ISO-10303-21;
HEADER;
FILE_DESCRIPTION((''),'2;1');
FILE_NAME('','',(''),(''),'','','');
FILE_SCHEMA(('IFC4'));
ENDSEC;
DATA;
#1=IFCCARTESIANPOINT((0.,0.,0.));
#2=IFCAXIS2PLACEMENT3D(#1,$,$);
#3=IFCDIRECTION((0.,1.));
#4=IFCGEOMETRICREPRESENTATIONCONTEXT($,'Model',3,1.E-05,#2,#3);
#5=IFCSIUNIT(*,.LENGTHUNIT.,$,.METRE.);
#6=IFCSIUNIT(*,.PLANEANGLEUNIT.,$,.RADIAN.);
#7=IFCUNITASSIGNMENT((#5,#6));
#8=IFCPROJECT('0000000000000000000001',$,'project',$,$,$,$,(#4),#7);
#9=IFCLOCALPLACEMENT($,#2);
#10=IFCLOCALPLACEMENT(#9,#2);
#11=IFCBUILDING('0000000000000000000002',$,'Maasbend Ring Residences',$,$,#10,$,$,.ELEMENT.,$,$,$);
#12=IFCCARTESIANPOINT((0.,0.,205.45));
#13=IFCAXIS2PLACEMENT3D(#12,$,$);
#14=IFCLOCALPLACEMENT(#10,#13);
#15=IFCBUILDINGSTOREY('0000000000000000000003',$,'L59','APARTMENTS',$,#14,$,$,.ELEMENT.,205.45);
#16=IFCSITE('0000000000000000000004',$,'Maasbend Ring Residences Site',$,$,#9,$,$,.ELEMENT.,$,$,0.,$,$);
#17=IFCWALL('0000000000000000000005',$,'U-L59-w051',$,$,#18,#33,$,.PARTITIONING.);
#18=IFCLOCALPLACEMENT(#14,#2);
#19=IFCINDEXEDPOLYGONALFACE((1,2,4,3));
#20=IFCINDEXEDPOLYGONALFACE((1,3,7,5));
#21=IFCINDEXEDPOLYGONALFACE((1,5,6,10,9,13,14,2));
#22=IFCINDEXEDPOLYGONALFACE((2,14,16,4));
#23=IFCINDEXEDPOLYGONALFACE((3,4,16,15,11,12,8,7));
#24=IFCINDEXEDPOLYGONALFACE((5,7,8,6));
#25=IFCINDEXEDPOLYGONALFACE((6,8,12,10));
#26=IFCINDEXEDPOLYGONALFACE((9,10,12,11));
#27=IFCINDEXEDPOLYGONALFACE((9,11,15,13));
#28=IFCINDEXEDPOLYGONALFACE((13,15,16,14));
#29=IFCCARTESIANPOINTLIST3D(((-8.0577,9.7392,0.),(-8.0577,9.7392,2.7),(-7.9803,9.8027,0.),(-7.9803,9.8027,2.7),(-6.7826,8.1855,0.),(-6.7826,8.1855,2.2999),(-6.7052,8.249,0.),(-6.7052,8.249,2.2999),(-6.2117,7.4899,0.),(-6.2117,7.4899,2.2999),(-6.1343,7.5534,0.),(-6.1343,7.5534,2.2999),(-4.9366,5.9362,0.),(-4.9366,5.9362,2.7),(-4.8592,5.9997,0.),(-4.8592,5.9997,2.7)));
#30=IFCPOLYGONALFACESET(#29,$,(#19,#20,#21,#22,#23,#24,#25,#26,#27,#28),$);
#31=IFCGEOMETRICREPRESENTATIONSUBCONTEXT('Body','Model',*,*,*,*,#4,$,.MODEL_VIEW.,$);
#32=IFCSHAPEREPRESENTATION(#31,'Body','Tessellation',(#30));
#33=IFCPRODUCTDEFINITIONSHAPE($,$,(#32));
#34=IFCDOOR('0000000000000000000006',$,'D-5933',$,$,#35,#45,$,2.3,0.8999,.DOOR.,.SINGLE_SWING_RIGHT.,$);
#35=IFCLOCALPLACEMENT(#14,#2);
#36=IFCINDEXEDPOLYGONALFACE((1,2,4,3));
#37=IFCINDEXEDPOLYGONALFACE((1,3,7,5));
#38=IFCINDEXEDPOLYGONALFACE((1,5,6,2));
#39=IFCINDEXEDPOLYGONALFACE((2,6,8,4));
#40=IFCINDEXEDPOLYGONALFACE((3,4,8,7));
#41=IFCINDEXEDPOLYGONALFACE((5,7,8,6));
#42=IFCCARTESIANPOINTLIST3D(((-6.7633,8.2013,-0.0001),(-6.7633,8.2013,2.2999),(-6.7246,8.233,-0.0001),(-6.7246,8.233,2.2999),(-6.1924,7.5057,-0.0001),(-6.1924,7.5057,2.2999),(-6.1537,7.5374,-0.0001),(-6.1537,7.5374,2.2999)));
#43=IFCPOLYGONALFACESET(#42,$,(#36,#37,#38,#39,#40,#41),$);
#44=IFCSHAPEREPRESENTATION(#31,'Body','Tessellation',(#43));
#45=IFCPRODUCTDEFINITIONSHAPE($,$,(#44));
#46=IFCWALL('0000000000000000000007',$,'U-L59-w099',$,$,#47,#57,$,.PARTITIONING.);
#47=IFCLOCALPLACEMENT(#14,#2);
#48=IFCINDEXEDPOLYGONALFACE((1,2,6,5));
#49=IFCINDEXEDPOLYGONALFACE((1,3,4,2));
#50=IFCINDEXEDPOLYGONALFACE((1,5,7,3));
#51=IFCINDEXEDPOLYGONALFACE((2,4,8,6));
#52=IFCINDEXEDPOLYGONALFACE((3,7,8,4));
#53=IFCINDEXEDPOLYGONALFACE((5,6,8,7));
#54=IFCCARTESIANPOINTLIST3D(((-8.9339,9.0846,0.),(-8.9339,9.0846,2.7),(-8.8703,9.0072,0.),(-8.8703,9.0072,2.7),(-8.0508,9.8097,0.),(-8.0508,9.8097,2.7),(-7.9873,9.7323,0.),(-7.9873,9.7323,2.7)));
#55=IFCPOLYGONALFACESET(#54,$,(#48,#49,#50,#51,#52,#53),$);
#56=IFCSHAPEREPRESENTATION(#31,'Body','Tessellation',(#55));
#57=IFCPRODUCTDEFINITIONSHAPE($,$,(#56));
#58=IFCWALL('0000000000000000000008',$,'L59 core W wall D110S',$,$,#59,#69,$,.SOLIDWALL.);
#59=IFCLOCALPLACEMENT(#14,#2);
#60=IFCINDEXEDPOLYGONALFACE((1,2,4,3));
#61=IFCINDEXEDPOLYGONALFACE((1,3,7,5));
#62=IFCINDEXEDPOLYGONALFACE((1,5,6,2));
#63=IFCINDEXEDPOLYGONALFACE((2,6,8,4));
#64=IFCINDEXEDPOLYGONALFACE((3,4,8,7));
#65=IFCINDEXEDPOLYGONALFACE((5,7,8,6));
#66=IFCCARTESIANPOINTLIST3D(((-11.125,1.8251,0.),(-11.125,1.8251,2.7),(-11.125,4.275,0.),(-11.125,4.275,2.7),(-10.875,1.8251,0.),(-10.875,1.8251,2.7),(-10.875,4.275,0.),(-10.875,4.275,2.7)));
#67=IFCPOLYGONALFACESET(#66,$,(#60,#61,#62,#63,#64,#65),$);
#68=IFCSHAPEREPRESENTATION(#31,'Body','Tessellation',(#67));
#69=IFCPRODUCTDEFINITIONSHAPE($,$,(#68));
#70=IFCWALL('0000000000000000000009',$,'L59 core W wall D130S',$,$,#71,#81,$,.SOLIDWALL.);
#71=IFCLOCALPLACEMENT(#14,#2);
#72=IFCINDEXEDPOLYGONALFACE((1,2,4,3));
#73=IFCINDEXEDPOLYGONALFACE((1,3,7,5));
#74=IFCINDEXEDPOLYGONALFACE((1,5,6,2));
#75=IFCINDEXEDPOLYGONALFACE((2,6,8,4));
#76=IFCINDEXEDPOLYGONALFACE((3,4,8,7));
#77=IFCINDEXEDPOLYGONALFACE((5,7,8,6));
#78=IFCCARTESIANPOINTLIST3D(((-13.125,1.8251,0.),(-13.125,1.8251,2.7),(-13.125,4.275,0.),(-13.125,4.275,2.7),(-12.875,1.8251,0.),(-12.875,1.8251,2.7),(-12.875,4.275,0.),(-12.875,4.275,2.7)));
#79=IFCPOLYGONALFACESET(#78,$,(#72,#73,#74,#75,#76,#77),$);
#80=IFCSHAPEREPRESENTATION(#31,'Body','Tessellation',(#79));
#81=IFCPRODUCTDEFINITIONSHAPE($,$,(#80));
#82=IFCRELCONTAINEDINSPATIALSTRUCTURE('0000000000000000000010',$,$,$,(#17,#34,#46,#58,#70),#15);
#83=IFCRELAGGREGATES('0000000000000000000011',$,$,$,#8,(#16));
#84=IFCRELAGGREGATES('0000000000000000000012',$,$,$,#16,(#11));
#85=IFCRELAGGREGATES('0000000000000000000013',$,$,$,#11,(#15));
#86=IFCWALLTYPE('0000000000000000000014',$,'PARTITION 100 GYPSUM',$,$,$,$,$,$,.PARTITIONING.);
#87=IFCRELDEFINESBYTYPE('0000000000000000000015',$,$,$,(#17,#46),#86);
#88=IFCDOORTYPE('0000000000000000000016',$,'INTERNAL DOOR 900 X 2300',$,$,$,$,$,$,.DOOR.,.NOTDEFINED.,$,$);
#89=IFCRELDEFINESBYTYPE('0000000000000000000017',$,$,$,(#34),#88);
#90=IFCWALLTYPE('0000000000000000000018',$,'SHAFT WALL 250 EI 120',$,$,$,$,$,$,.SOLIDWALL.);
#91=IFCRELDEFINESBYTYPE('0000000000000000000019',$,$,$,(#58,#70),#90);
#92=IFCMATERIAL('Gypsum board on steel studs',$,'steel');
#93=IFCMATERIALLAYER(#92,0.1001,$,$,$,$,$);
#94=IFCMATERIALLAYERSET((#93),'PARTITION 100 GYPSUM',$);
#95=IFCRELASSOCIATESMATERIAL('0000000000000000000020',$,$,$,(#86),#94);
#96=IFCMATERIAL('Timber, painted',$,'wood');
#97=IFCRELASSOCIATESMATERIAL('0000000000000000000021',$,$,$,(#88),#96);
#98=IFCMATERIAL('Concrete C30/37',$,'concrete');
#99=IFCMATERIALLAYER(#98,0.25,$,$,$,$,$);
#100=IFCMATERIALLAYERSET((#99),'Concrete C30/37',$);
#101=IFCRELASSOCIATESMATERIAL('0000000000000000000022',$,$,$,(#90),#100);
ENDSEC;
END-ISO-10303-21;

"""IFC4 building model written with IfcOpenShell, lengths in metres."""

from ifc_helpers import new_model, si_unit, direction, frame, frame_2d, origin, place, context, subcontext, project, spatial, rectangle, extrude, material, layer, layer_set, type_object, element, fill, save


model = new_model("IFC4")

# Units and contexts
model_context = context("Model", 3, precision=1e-05, world=origin(), true_north=direction((0.0, 1.0)))
body_context = subcontext(model_context, "Body", "Model", "MODEL_VIEW")
ifc_project = project(units=[si_unit("LENGTHUNIT", "METRE"), si_unit("PLANEANGLEUNIT", "RADIAN")], contexts=[model_context])

# Site, building, storey
site_placement = place(None, origin())
site = spatial("IfcSite", under=ifc_project, at=site_placement, Name="Maasbend Ring Residences Site", CompositionType="ELEMENT", RefElevation=0.0)
building_placement = place(site_placement, origin())
building = spatial("IfcBuilding", under=site, at=building_placement, Name="Maasbend Ring Residences", CompositionType="ELEMENT")
storey_placement = place(building_placement, frame((0.0, 0.0, 205.45)))
storey = spatial("IfcBuildingStorey", under=building, at=storey_placement, Name="L59", Description="APARTMENTS", CompositionType="ELEMENT", Elevation=205.45)

# Wall, opening, door
ifc_material_1 = material(Name="Gypsum board on steel studs", Category="steel")
ifc_layer_1 = layer(ifc_material_1, 0.1001)
ifc_layer_set_1 = layer_set([ifc_layer_1], Name="PARTITION 100 GYPSUM")
wall_type_1 = type_object("IfcWallType", Name="PARTITION 100 GYPSUM", PredefinedType="PARTITIONING", material=ifc_layer_set_1)
wall_1_placement = place(storey_placement, frame((-8.019, 9.771, 0.0), z_axis=(0.0, 0.0, 1.0), x_axis=(0.634402, -0.773003, 0.0)))
wall_1 = element("IfcWall", 1, at=wall_1_placement, inside=storey, type_object=wall_type_1, Name="U-L59-w051", PredefinedType="PARTITIONING", context=body_context, shape_type="SweptSolid", body=[
    extrude(rectangle(XDim=4.9197, YDim=0.1001, at=frame_2d((2.46, 0.0))), origin(), (0.0, 0.0, 1.0), 2.7),
])
opening_1_placement = place(wall_1_placement, frame((2.01, 0.0, 0.0)))
opening_1 = element("IfcOpeningElement", 2, at=opening_1_placement, cuts=wall_1, PredefinedType="OPENING", context=body_context, shape_type="SweptSolid", body=[
    extrude(rectangle(XDim=0.8999, YDim=2.3, at=frame_2d((0.45, 1.1499))), frame((0.0, 0.0601, 0.0), z_axis=(0.0, -1.0, 0.0), x_axis=(1.0, 0.0, 0.0)), (0.0, 0.0, 1.0), 0.1201),
])
ifc_material_2 = material(Name="Timber, painted", Category="wood")
door_type_1 = type_object("IfcDoorType", Name="INTERNAL DOOR 900 X 2300", OperationType="NOTDEFINED", PredefinedType="DOOR", material=ifc_material_2)
door_1_placement = place(opening_1_placement, origin())
door_1 = element("IfcDoor", 3, at=door_1_placement, inside=storey, type_object=door_type_1, Name="D-5933", OperationType="SINGLE_SWING_RIGHT", OverallHeight=2.3, OverallWidth=0.8999, PredefinedType="DOOR", context=body_context, shape_type="SweptSolid", body=[
    extrude(rectangle(XDim=0.8999, YDim=2.3, at=frame_2d((0.45, 1.1499))), frame((0.0, 0.0249, 0.0), z_axis=(0.0, -1.0, 0.0), x_axis=(1.0, 0.0, 0.0)), (0.0, 0.0, 1.0), 0.05),
])
fill(opening_1, door_1)

# Walls
wall_2_placement = place(storey_placement, frame((-8.9021, 9.0459, 0.0), z_axis=(0.0, 0.0, 1.0), x_axis=(0.772842, 0.634598, 0.0)))
element("IfcWall", 4, at=wall_2_placement, inside=storey, type_object=wall_type_1, Name="U-L59-w099", PredefinedType="PARTITIONING", context=body_context, shape_type="SweptSolid", body=[
    extrude(rectangle(XDim=1.1426, YDim=0.1001, at=frame_2d((0.5713, 0.0))), origin(), (0.0, 0.0, 1.0), 2.7),
])
ifc_material_3 = material(Name="Concrete C30/37", Category="concrete")
ifc_layer_2 = layer(ifc_material_3, 0.25)
ifc_layer_set_2 = layer_set([ifc_layer_2], Name="Concrete C30/37")
wall_type_2 = type_object("IfcWallType", Name="SHAFT WALL 250 EI 120", PredefinedType="SOLIDWALL", material=ifc_layer_set_2)
for number, where, z_axis, x_axis, name in (
    (5, (-11.0, 1.825, 0.0), (0.0, 0.0, 1.0), (0.0, 1.0, 0.0), "L59 core W wall D110S"),
    (6, (-13.0, 1.825, 0.0), (0.0, 0.0, 1.0), (0.0, 1.0, 0.0), "L59 core W wall D130S"),
):
    element("IfcWall", number, at=place(storey_placement, frame(where, z_axis=z_axis, x_axis=x_axis)), inside=storey, type_object=wall_type_2, Name=name, PredefinedType="SOLIDWALL", context=body_context, shape_type="SweptSolid", body=[
        extrude(rectangle(XDim=2.45, YDim=0.25, at=frame_2d((1.2251, 0.0))), origin(), (0.0, 0.0, 1.0), 2.7),
    ])

save(model, "model.ifc")
